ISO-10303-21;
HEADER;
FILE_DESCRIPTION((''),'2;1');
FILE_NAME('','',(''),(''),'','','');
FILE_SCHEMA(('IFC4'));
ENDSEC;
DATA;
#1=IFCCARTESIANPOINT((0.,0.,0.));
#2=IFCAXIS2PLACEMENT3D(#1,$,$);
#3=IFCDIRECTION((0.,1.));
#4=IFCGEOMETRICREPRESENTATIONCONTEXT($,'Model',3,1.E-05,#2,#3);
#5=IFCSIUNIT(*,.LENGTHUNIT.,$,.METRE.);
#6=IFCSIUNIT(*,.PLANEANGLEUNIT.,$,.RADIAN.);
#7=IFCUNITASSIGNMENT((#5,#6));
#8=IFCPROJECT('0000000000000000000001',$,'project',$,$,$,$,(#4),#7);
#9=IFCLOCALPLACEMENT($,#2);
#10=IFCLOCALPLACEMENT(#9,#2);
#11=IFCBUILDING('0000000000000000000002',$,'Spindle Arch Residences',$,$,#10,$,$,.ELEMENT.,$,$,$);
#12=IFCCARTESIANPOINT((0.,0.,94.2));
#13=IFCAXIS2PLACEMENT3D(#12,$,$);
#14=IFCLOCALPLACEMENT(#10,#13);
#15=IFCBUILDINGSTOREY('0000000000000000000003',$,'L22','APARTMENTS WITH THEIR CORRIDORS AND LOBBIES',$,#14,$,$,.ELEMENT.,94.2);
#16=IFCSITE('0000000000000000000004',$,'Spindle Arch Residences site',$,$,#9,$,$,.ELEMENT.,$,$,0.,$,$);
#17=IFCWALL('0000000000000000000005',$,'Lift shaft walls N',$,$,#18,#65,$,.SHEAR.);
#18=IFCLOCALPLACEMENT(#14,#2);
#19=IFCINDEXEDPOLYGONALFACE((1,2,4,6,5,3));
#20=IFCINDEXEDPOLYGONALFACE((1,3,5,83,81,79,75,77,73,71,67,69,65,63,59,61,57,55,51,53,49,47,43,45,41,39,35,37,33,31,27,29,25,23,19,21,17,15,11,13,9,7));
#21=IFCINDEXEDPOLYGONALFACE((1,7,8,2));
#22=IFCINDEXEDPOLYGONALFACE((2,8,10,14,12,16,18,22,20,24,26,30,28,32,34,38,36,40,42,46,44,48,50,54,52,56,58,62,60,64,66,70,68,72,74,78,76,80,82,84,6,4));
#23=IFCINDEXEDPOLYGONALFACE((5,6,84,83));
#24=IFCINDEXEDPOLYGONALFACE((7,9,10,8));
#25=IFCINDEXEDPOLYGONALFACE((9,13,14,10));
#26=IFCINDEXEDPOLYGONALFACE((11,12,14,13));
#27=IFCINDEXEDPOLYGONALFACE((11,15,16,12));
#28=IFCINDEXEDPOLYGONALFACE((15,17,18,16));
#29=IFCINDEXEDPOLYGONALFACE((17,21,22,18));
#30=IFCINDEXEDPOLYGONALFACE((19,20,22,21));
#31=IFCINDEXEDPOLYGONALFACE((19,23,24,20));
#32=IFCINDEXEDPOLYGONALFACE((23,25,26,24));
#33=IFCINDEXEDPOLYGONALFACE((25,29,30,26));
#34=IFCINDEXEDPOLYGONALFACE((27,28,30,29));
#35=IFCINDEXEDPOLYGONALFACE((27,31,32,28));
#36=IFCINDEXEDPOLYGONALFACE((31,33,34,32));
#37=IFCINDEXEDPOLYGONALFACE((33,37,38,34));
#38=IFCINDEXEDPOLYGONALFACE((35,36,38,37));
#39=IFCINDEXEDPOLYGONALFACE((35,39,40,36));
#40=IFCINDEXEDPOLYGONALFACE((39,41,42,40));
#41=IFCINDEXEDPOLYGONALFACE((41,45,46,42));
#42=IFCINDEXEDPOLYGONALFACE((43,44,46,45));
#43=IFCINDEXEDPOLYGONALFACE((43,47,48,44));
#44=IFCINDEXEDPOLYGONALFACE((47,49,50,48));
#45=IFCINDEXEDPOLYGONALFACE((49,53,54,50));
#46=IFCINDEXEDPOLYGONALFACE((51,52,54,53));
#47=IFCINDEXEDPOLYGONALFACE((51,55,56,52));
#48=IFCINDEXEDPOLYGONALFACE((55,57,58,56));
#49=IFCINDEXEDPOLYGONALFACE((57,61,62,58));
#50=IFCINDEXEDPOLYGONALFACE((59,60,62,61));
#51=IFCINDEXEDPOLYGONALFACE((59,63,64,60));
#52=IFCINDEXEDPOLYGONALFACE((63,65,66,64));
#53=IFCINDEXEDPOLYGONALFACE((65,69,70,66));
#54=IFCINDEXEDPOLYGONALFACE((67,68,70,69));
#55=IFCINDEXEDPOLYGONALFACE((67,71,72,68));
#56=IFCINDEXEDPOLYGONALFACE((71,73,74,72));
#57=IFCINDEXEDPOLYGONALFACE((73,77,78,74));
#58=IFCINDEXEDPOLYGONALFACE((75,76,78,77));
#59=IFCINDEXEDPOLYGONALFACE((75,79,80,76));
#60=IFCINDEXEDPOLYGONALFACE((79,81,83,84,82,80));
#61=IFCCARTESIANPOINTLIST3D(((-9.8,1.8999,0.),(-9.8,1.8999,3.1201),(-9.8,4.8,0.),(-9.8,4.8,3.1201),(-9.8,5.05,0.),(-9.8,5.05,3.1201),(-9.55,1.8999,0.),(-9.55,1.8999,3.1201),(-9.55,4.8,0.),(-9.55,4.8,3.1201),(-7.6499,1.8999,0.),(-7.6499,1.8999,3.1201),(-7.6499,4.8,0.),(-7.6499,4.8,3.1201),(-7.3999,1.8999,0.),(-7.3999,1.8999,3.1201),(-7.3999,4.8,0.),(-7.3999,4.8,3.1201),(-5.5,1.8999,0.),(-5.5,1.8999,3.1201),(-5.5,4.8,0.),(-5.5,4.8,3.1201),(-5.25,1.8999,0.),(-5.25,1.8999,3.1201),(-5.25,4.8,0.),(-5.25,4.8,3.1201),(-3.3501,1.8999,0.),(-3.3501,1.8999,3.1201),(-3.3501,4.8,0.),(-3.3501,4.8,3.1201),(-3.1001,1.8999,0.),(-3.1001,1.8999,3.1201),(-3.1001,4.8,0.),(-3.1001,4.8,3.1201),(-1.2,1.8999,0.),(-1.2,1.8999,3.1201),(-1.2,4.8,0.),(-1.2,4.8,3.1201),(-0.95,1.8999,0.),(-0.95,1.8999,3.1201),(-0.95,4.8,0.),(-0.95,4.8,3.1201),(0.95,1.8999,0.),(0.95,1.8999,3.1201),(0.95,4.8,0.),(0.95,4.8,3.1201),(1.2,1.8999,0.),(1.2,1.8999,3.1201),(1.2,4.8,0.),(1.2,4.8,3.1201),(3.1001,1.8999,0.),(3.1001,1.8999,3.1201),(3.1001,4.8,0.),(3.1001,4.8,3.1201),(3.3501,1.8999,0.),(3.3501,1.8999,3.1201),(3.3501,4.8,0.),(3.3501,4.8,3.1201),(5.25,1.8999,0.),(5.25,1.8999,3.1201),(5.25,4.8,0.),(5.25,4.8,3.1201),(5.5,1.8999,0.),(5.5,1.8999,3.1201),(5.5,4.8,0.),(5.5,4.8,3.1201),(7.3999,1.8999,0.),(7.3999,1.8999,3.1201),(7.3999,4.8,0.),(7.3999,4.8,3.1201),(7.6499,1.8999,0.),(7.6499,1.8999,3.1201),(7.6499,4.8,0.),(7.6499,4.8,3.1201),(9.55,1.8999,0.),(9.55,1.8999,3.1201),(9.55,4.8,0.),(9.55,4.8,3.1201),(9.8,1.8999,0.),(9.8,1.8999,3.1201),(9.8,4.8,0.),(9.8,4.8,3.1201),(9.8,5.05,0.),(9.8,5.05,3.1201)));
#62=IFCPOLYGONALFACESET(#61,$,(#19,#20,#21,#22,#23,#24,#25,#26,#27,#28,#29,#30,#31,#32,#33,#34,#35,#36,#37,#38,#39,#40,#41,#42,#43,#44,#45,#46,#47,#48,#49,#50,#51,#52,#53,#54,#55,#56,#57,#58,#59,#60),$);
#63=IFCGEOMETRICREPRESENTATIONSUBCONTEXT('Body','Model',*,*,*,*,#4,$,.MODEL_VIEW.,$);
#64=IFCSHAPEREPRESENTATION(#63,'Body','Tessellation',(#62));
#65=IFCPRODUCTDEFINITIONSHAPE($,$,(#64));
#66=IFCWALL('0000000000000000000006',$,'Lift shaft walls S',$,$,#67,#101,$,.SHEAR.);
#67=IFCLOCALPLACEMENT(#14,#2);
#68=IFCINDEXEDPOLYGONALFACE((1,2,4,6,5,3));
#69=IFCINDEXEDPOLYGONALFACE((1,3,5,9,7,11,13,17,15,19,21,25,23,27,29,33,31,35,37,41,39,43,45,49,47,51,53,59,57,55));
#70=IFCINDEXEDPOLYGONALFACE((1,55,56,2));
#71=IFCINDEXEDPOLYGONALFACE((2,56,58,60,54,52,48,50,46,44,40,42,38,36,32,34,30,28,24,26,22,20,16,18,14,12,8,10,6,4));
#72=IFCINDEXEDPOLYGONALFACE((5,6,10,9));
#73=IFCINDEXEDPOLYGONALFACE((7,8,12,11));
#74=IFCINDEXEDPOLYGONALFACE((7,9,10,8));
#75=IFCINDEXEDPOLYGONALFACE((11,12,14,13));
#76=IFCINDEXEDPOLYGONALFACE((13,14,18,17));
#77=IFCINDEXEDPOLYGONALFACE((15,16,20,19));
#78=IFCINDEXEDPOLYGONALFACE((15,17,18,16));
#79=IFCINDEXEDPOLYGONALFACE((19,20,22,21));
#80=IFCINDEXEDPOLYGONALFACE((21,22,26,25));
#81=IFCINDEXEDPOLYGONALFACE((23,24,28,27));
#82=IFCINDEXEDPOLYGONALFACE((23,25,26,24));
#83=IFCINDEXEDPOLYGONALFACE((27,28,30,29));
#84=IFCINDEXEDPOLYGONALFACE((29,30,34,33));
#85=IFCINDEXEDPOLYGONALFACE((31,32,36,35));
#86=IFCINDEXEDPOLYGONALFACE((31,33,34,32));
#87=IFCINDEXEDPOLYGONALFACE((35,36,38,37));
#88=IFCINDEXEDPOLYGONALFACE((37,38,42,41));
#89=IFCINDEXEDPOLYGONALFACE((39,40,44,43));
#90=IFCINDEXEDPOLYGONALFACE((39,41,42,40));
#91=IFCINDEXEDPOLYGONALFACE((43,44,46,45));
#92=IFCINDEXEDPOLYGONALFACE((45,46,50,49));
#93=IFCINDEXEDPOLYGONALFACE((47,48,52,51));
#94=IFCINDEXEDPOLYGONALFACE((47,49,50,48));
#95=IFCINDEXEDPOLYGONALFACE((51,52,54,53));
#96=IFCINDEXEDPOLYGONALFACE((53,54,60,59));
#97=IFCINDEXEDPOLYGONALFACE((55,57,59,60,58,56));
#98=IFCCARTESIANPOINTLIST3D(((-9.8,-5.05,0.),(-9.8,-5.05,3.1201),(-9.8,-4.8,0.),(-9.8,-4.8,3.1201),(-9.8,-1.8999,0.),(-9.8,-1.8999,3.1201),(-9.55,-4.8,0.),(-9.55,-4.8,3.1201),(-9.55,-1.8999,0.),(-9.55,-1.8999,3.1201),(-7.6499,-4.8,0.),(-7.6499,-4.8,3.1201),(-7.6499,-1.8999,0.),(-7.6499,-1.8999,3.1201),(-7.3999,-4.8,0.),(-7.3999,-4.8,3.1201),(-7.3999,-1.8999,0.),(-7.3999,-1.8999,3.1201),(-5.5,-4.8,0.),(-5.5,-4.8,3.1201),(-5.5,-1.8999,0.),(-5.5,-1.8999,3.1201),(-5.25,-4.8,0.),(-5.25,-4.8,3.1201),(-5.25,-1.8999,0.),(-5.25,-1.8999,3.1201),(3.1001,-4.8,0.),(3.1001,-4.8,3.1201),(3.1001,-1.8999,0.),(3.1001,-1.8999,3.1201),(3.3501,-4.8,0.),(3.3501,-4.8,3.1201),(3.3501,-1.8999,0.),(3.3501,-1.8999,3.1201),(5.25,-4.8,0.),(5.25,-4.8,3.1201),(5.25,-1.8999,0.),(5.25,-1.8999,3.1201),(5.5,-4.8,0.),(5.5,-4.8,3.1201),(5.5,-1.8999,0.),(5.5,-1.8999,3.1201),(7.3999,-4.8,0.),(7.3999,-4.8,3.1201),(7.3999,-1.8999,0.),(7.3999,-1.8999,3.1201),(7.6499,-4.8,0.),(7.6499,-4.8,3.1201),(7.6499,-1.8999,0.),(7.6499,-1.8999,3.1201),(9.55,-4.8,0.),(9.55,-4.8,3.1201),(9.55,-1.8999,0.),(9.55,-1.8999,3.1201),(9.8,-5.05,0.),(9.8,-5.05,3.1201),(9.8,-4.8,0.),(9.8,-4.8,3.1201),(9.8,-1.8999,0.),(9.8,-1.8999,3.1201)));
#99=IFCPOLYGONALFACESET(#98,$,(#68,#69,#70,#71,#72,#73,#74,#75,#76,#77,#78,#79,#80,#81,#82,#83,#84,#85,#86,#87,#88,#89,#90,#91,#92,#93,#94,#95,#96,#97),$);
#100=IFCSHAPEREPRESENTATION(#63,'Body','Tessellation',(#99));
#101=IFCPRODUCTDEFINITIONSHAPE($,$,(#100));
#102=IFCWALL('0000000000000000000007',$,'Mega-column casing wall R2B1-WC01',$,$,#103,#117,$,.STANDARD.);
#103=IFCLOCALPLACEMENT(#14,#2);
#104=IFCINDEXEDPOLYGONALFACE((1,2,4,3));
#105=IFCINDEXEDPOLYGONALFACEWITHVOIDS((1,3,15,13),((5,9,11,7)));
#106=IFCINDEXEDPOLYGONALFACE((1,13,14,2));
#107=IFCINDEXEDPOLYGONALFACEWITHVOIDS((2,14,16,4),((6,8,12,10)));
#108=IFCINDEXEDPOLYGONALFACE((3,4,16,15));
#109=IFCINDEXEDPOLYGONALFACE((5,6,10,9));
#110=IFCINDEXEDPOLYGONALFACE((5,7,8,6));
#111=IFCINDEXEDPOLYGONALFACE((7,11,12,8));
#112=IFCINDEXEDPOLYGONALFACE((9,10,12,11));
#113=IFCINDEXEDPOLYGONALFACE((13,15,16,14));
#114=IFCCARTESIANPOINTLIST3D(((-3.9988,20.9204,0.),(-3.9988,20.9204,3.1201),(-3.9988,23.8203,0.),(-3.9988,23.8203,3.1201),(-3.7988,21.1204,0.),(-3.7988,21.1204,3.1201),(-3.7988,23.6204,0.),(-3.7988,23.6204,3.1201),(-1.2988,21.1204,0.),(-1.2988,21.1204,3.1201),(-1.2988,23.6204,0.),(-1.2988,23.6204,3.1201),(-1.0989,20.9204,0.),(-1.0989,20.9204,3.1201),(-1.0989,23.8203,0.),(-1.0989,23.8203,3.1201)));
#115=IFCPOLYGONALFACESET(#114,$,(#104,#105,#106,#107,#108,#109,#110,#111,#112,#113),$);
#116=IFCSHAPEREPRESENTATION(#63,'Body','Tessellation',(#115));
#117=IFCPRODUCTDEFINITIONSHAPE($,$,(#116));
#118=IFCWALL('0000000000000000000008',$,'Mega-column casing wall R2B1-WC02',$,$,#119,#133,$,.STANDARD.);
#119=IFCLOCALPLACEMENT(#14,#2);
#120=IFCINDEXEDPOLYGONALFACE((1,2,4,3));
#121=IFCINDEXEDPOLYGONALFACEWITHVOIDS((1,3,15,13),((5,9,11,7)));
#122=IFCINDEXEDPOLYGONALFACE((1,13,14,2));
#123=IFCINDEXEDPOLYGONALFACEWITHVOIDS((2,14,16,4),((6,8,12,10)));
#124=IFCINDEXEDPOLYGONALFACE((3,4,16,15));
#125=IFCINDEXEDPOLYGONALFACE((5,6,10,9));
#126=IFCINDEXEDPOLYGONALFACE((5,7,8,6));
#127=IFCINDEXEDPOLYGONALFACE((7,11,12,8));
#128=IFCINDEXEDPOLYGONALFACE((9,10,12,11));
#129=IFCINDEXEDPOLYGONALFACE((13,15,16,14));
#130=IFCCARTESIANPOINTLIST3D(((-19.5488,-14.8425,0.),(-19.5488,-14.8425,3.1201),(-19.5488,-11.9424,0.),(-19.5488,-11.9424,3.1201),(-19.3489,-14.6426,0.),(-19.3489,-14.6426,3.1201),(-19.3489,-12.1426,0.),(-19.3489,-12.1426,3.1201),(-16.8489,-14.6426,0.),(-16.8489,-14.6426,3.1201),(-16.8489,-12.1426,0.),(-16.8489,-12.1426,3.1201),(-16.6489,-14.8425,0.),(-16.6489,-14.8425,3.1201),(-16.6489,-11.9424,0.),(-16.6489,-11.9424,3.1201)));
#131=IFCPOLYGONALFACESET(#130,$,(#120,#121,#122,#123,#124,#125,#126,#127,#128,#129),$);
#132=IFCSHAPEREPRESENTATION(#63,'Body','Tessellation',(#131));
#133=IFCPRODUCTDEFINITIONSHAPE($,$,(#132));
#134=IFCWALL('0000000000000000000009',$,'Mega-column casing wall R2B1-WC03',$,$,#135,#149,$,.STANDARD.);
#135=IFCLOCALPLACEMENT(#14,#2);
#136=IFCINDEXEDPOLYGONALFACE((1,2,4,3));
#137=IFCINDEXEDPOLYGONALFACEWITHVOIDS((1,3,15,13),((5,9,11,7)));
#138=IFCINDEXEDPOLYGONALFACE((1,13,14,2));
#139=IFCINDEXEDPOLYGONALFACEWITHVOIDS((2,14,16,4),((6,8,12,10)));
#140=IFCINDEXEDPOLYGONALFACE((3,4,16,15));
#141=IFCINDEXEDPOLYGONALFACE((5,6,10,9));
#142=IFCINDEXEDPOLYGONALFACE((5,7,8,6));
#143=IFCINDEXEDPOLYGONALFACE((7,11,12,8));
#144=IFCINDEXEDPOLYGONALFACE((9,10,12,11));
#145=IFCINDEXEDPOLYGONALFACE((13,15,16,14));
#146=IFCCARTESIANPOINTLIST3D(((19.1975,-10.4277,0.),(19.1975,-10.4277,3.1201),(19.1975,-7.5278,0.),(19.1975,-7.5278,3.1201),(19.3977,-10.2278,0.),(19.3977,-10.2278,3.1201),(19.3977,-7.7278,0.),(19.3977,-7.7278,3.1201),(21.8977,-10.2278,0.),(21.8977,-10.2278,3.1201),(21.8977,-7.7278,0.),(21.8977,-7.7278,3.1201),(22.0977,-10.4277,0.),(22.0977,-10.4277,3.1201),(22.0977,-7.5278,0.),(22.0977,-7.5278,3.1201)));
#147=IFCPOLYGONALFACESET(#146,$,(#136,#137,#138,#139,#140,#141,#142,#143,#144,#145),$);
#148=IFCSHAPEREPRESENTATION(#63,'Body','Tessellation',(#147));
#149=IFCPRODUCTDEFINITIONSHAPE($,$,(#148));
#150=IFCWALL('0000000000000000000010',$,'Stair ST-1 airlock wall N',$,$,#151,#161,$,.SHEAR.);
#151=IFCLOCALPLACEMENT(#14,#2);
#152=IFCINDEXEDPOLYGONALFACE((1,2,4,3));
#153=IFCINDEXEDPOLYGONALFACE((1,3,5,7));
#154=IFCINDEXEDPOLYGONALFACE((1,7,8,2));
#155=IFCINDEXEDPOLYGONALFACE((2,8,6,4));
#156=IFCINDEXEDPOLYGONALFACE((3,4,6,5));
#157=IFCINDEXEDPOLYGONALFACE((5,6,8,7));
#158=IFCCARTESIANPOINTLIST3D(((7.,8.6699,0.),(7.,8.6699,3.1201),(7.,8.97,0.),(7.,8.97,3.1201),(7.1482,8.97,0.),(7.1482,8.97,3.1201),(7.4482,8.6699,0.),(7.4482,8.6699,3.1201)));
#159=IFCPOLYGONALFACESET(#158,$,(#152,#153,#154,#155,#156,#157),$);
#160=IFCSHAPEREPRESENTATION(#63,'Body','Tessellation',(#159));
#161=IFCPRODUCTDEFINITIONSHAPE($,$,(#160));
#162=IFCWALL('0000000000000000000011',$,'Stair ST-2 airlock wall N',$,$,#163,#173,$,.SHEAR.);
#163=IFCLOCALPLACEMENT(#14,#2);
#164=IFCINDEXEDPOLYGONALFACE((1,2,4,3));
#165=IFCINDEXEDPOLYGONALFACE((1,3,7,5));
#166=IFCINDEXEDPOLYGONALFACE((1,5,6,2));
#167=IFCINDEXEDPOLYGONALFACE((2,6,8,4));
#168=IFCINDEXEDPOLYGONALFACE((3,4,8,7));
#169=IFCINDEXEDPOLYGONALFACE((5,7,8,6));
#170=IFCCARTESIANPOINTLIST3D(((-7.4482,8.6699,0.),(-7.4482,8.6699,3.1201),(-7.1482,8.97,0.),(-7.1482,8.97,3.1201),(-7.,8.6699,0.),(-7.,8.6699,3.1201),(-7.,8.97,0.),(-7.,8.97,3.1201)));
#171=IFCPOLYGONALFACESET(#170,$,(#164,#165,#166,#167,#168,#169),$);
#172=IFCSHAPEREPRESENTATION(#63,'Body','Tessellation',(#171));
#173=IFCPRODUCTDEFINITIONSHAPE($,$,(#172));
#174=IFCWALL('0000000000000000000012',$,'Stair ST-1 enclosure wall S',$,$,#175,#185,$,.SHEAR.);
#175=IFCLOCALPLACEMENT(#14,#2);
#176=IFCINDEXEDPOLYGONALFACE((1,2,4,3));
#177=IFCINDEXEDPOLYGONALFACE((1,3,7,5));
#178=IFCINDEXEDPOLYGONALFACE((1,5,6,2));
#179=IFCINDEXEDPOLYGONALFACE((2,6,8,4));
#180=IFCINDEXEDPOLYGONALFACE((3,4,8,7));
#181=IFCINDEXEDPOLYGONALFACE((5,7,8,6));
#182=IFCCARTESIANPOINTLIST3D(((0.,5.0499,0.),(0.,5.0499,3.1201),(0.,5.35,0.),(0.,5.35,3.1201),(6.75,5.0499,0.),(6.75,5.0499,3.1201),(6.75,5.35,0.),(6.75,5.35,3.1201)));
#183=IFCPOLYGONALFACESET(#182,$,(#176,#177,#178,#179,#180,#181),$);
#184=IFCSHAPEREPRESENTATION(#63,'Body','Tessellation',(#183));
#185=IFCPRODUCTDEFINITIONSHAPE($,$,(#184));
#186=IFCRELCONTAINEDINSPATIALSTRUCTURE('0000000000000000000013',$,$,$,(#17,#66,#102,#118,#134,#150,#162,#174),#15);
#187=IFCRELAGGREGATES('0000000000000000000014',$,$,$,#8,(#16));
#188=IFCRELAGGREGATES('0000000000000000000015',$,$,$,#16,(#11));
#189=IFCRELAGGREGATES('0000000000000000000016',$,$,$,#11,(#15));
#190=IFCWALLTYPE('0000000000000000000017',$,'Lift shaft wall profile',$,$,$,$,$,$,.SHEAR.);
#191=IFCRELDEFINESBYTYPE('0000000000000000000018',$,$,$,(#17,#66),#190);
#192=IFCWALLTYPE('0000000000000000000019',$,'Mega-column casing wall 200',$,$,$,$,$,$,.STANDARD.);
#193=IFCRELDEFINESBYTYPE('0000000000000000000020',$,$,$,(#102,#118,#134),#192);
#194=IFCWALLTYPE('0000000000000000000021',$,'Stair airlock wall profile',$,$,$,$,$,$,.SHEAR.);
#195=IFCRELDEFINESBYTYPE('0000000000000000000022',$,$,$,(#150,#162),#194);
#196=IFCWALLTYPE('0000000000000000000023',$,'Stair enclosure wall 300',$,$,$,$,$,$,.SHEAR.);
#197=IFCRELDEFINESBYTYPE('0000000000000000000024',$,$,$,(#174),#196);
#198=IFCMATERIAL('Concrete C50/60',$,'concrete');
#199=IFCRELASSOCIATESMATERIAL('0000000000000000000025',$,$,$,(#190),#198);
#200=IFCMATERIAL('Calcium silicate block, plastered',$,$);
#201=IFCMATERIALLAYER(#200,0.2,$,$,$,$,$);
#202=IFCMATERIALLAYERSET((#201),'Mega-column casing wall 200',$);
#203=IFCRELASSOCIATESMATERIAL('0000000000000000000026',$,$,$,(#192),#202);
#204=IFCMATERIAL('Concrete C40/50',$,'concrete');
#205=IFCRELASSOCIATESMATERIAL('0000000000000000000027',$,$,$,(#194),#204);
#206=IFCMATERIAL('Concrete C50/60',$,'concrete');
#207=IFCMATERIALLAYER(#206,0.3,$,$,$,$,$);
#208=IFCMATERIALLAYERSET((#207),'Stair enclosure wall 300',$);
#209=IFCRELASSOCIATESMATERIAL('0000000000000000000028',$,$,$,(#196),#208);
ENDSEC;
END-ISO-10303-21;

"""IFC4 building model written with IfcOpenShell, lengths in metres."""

from ifc_helpers import new_model, si_unit, direction, frame, frame_2d, origin, place, context, subcontext, project, spatial, polyline, rectangle, outline, extrude, material, layer, layer_set, type_object, element, save


model = new_model("IFC4")

# Units and contexts
model_context = context("Model", 3, precision=1e-05, world=origin(), true_north=direction((0.0, 1.0)))
body_context = subcontext(model_context, "Body", "Model", "MODEL_VIEW")
ifc_project = project(units=[si_unit("LENGTHUNIT", "METRE"), si_unit("PLANEANGLEUNIT", "RADIAN")], contexts=[model_context])

# Site, building, storey
site_placement = place(None, origin())
site = spatial("IfcSite", under=ifc_project, at=site_placement, Name="Spindle Arch Residences site", CompositionType="ELEMENT", RefElevation=0.0)
building_placement = place(site_placement, origin())
building = spatial("IfcBuilding", under=site, at=building_placement, Name="Spindle Arch Residences", CompositionType="ELEMENT")
storey_placement = place(building_placement, frame((0.0, 0.0, 94.2)))
storey = spatial("IfcBuildingStorey", under=building, at=storey_placement, Name="L22", Description="APARTMENTS WITH THEIR CORRIDORS AND LOBBIES", CompositionType="ELEMENT", Elevation=94.2)

# Walls
ifc_material_1 = material(Name="Concrete C50/60", Category="concrete")
wall_type_1 = type_object("IfcWallType", Name="Lift shaft wall profile", PredefinedType="SHEAR", material=ifc_material_1)
wall_1_placement = place(storey_placement, origin())
element("IfcWall", 1, at=wall_1_placement, inside=storey, type_object=wall_type_1, Name="Lift shaft walls N", PredefinedType="SHEAR", context=body_context, shape_type="SweptSolid", body=[
    extrude(outline(polyline([(-9.55, 4.8), (-7.6499, 4.8), (-7.6499, 1.8999), (-7.3999, 1.8999), (-7.3999, 4.8), (-5.5, 4.8), (-5.5, 1.8999), (-5.25, 1.8999), (-5.25, 4.8), (-3.3501, 4.8), (-3.3501, 1.8999), (-3.1001, 1.8999), (-3.1001, 4.8), (-1.2, 4.8), (-1.2, 1.8999), (-0.95, 1.8999), (-0.95, 4.8), (0.95, 4.8), (0.95, 1.8999), (1.2, 1.8999), (1.2, 4.8), (3.1001, 4.8), (3.1001, 1.8999), (3.3501, 1.8999), (3.3501, 4.8), (5.25, 4.8), (5.25, 1.8999), (5.5, 1.8999), (5.5, 4.8), (7.3999, 4.8), (7.3999, 1.8999), (7.6499, 1.8999), (7.6499, 4.8), (9.55, 4.8), (9.55, 1.8999), (9.8, 1.8999), (9.8, 4.8), (9.8, 5.05), (-9.8, 5.05), (-9.8, 4.8), (-9.8, 1.8999), (-9.55, 1.8999), (-9.55, 4.8)])), origin(), (0.0, 0.0, 1.0), 3.1201),
])
wall_2_placement = place(storey_placement, origin())
element("IfcWall", 2, at=wall_2_placement, inside=storey, type_object=wall_type_1, Name="Lift shaft walls S", PredefinedType="SHEAR", context=body_context, shape_type="SweptSolid", body=[
    extrude(outline(polyline([(9.8, -5.05), (9.8, -4.8), (9.8, -1.8999), (9.55, -1.8999), (9.55, -4.8), (7.6499, -4.8), (7.6499, -1.8999), (7.3999, -1.8999), (7.3999, -4.8), (5.5, -4.8), (5.5, -1.8999), (5.25, -1.8999), (5.25, -4.8), (3.3501, -4.8), (3.3501, -1.8999), (3.1001, -1.8999), (3.1001, -4.8), (-5.25, -4.8), (-5.25, -1.8999), (-5.5, -1.8999), (-5.5, -4.8), (-7.3999, -4.8), (-7.3999, -1.8999), (-7.6499, -1.8999), (-7.6499, -4.8), (-9.55, -4.8), (-9.55, -1.8999), (-9.8, -1.8999), (-9.8, -4.8), (-9.8, -5.05), (9.8, -5.05)])), origin(), (0.0, 0.0, 1.0), 3.1201),
])
ifc_material_2 = material(Name="Calcium silicate block, plastered")
ifc_layer_1 = layer(ifc_material_2, 0.2)
ifc_layer_set_1 = layer_set([ifc_layer_1], Name="Mega-column casing wall 200")
wall_type_2 = type_object("IfcWallType", Name="Mega-column casing wall 200", PredefinedType="STANDARD", material=ifc_layer_set_1)
wall_3_placement = place(storey_placement, origin())
element("IfcWall", 3, at=wall_3_placement, inside=storey, type_object=wall_type_2, Name="Mega-column casing wall R2B1-WC01", PredefinedType="STANDARD", context=body_context, shape_type="SweptSolid", body=[
    extrude(outline(polyline([(-1.0989, 23.8203), (-1.0989, 20.9204), (-3.9988, 20.9204), (-3.9988, 23.8203), (-1.0989, 23.8203)]), holes=[polyline([(-3.7988, 21.1204), (-1.2988, 21.1204), (-1.2988, 23.6204), (-3.7988, 23.6204), (-3.7988, 21.1204)])]), origin(), (0.0, 0.0, 1.0), 3.1201),
])
wall_4_placement = place(storey_placement, origin())
element("IfcWall", 4, at=wall_4_placement, inside=storey, type_object=wall_type_2, Name="Mega-column casing wall R2B1-WC02", PredefinedType="STANDARD", context=body_context, shape_type="SweptSolid", body=[
    extrude(outline(polyline([(-16.6489, -11.9424), (-16.6489, -14.8425), (-19.5488, -14.8425), (-19.5488, -11.9424), (-16.6489, -11.9424)]), holes=[polyline([(-19.3489, -14.6426), (-16.8489, -14.6426), (-16.8489, -12.1426), (-19.3489, -12.1426), (-19.3489, -14.6426)])]), origin(), (0.0, 0.0, 1.0), 3.1201),
])
wall_5_placement = place(storey_placement, origin())
element("IfcWall", 5, at=wall_5_placement, inside=storey, type_object=wall_type_2, Name="Mega-column casing wall R2B1-WC03", PredefinedType="STANDARD", context=body_context, shape_type="SweptSolid", body=[
    extrude(outline(polyline([(22.0977, -7.5278), (22.0977, -10.4277), (19.1975, -10.4277), (19.1975, -7.5278), (22.0977, -7.5278)]), holes=[polyline([(19.3977, -10.2278), (21.8977, -10.2278), (21.8977, -7.7278), (19.3977, -7.7278), (19.3977, -10.2278)])]), origin(), (0.0, 0.0, 1.0), 3.1201),
])
ifc_material_3 = material(Name="Concrete C40/50", Category="concrete")
wall_type_3 = type_object("IfcWallType", Name="Stair airlock wall profile", PredefinedType="SHEAR", material=ifc_material_3)
wall_6_placement = place(storey_placement, origin())
element("IfcWall", 6, at=wall_6_placement, inside=storey, type_object=wall_type_3, Name="Stair ST-1 airlock wall N", PredefinedType="SHEAR", context=body_context, shape_type="SweptSolid", body=[
    extrude(outline(polyline([(7.4482, 8.6699), (7.0, 8.6699), (7.0, 8.97), (7.1482, 8.97), (7.4482, 8.6699)])), origin(), (0.0, 0.0, 1.0), 3.1201),
])
wall_7_placement = place(storey_placement, origin())
element("IfcWall", 7, at=wall_7_placement, inside=storey, type_object=wall_type_3, Name="Stair ST-2 airlock wall N", PredefinedType="SHEAR", context=body_context, shape_type="SweptSolid", body=[
    extrude(outline(polyline([(-7.1482, 8.97), (-7.0, 8.97), (-7.0, 8.6699), (-7.4482, 8.6699), (-7.1482, 8.97)])), origin(), (0.0, 0.0, 1.0), 3.1201),
])
ifc_material_4 = material(Name="Concrete C50/60", Category="concrete")
ifc_layer_2 = layer(ifc_material_4, 0.3)
ifc_layer_set_2 = layer_set([ifc_layer_2], Name="Stair enclosure wall 300")
wall_type_4 = type_object("IfcWallType", Name="Stair enclosure wall 300", PredefinedType="SHEAR", material=ifc_layer_set_2)
wall_8_placement = place(storey_placement, frame((0.0, 5.2, 0.0), z_axis=(0.0, 0.0, 1.0), x_axis=(1.0, 0.0, 0.0)))
element("IfcWall", 8, at=wall_8_placement, inside=storey, type_object=wall_type_4, Name="Stair ST-1 enclosure wall S", PredefinedType="SHEAR", context=body_context, shape_type="SweptSolid", body=[
    extrude(rectangle(XDim=6.75, YDim=0.3, at=frame_2d((3.375, 0.0))), origin(), (0.0, 0.0, 1.0), 3.1201),
])

save(model, "model.ifc")
